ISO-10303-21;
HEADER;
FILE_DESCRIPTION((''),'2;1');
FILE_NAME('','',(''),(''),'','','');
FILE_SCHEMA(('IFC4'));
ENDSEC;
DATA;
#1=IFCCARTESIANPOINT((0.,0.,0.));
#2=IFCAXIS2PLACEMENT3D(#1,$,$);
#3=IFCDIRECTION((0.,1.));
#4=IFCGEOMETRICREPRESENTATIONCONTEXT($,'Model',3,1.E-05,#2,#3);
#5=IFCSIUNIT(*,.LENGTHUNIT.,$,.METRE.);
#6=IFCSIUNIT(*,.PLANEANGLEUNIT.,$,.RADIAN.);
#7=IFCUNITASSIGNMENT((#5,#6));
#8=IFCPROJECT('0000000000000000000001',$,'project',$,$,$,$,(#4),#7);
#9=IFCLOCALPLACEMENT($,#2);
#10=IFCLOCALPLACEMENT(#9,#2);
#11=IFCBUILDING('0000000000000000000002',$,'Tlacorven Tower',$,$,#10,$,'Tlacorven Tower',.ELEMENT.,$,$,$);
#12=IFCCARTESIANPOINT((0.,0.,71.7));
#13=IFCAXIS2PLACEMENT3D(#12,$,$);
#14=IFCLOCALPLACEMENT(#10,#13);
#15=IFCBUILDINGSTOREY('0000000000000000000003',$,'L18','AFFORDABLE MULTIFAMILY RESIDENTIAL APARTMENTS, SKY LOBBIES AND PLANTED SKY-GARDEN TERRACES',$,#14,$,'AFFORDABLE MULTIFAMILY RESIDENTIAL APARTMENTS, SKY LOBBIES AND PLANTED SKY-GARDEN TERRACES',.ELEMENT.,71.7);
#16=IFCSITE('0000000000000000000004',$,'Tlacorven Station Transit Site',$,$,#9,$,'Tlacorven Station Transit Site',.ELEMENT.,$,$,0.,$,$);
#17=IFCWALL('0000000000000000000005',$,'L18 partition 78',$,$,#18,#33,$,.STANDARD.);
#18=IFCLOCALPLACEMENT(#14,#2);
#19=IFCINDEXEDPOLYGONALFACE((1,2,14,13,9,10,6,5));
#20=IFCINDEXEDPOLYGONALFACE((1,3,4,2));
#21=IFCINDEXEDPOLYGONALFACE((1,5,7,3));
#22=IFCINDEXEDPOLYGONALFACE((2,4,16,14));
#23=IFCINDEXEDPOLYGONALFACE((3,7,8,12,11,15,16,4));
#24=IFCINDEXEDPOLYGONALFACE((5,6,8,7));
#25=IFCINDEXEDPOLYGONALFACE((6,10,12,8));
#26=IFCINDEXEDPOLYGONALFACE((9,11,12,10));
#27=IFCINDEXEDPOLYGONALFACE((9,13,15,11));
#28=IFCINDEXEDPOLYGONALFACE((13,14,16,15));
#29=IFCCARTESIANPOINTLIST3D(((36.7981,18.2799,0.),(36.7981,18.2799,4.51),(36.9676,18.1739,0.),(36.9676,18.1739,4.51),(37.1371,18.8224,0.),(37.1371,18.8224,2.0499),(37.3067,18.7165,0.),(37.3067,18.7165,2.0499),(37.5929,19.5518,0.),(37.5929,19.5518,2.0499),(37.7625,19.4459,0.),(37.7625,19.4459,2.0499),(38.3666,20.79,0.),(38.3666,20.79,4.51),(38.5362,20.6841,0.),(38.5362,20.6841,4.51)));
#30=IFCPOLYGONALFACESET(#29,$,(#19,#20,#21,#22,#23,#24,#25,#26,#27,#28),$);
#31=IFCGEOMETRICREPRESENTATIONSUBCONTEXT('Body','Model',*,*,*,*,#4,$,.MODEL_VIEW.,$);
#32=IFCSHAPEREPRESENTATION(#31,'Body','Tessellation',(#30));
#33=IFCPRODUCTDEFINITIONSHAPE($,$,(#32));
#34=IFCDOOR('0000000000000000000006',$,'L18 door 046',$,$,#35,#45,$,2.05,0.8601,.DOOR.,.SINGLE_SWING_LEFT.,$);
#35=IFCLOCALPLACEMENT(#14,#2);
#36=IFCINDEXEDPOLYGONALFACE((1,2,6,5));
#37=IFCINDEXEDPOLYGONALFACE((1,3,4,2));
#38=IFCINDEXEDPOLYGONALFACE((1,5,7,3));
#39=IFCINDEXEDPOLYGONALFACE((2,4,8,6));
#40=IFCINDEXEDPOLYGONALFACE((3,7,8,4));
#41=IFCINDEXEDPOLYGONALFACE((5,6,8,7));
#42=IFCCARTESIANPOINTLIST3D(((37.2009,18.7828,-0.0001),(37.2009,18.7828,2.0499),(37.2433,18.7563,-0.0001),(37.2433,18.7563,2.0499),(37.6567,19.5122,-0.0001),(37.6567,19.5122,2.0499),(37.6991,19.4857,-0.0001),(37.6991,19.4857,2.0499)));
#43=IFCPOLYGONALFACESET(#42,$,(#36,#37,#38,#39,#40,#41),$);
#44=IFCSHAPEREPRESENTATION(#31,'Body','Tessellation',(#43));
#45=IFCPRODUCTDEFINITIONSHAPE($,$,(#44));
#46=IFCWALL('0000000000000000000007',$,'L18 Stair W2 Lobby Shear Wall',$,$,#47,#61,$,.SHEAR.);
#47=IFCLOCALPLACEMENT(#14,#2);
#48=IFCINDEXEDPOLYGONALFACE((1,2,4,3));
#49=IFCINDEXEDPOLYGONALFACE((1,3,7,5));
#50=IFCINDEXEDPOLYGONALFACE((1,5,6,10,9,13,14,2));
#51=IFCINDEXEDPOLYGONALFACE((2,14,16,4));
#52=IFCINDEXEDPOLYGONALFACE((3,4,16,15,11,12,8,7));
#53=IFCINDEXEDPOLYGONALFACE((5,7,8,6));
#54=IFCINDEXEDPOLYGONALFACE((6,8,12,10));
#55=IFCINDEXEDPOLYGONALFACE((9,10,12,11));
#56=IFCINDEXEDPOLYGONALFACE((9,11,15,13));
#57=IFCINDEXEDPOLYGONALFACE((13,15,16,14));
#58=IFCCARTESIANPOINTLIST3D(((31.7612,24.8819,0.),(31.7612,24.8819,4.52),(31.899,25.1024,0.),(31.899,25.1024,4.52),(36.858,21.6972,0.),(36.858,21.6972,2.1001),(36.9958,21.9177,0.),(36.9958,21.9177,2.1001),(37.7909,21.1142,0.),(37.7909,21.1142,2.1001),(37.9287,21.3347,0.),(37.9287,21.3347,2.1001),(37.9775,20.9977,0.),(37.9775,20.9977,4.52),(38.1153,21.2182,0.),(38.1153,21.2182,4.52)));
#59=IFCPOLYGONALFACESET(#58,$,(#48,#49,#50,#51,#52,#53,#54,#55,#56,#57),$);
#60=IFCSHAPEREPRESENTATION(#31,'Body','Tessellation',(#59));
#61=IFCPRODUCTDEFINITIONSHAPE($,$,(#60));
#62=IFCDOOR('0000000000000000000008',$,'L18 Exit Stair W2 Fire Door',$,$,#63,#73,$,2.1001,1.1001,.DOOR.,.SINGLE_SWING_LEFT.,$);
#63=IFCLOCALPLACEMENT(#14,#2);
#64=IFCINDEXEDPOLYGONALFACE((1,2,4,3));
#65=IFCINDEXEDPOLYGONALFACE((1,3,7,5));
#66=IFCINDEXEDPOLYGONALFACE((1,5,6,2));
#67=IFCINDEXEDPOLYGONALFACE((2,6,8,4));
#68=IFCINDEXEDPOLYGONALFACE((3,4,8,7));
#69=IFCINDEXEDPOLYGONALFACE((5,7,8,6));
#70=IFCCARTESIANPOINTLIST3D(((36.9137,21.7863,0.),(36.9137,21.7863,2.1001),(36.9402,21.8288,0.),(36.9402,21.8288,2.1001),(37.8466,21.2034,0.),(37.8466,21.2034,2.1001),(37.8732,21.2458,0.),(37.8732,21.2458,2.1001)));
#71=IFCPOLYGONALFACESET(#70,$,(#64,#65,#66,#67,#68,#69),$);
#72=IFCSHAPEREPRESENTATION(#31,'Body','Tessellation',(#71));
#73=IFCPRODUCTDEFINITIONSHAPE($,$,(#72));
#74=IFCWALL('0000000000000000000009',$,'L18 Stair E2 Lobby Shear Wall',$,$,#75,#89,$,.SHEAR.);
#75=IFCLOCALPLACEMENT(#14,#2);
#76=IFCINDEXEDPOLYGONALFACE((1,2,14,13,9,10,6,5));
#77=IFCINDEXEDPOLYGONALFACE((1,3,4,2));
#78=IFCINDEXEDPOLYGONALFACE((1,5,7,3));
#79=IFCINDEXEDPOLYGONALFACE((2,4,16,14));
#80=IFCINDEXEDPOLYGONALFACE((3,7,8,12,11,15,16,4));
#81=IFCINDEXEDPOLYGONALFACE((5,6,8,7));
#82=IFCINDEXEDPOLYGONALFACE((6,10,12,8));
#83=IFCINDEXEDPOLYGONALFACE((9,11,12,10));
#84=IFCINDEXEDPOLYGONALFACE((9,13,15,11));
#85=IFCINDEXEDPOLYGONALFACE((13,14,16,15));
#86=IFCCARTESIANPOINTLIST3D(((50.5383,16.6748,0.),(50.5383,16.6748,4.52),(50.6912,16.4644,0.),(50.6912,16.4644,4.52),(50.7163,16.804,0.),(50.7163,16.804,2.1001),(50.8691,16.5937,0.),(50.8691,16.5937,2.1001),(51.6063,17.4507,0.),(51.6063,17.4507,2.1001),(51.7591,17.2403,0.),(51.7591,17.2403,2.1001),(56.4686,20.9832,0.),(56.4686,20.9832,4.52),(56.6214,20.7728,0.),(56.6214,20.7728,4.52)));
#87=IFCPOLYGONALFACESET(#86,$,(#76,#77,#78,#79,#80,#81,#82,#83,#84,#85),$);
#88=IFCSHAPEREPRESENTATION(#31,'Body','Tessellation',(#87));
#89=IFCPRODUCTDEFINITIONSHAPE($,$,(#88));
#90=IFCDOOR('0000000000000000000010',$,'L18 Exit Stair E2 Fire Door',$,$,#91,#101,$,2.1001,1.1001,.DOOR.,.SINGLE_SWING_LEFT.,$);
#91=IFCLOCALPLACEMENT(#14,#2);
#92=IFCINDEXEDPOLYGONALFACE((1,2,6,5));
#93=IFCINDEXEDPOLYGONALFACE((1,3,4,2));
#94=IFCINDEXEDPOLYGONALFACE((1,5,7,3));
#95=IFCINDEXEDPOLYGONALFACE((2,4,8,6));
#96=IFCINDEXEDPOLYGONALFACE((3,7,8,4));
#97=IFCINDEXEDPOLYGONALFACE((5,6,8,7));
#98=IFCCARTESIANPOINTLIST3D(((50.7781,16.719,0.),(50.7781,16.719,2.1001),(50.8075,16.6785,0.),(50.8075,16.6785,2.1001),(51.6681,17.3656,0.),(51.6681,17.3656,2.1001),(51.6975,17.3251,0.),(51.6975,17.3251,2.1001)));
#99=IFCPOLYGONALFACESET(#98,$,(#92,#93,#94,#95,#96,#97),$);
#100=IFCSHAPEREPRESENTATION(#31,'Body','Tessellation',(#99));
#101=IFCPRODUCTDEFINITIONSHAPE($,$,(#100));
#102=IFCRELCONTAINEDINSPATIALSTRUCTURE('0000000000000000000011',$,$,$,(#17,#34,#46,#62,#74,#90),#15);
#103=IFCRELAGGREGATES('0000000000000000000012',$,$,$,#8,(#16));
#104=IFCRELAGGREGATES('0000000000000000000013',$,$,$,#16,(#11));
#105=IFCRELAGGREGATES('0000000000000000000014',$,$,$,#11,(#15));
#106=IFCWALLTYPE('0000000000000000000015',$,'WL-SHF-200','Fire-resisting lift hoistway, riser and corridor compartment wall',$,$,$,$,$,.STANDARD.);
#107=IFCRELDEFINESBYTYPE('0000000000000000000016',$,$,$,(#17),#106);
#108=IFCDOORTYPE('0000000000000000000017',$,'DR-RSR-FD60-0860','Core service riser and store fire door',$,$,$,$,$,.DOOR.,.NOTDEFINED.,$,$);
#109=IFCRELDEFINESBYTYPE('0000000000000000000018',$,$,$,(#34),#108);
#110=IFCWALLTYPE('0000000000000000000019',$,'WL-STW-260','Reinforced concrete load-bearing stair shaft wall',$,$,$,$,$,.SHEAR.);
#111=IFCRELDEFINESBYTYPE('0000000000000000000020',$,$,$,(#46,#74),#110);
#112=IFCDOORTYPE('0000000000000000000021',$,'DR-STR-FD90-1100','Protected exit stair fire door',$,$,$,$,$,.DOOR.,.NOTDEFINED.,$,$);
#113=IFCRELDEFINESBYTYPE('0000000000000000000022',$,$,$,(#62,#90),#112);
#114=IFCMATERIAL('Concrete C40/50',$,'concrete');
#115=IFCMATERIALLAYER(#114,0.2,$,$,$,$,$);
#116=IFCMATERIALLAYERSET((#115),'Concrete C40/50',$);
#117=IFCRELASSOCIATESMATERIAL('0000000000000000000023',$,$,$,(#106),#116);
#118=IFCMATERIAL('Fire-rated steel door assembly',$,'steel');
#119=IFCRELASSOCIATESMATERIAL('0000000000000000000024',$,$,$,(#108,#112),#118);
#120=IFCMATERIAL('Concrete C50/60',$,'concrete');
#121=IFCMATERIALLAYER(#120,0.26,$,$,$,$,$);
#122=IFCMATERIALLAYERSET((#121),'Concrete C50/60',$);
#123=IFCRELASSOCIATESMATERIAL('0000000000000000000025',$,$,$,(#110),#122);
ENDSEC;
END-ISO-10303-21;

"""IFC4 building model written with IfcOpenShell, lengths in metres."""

from ifc_helpers import new_model, si_unit, direction, frame, frame_2d, origin, place, context, subcontext, project, spatial, rectangle, extrude, source, transform, mapped, material, layer, layer_set, type_object, element, fill, save


model = new_model("IFC4")

# Units and contexts
model_context = context("Model", 3, precision=1e-05, world=origin(), true_north=direction((0.0, 1.0)))
body_context = subcontext(model_context, "Body", "Model", "MODEL_VIEW")
ifc_project = project(units=[si_unit("LENGTHUNIT", "METRE"), si_unit("PLANEANGLEUNIT", "RADIAN")], contexts=[model_context])

# Site, building, storey
site_placement = place(None, origin())
site = spatial("IfcSite", under=ifc_project, at=site_placement, Name="Tlacorven Station Transit Site", LongName="Tlacorven Station Transit Site", CompositionType="ELEMENT", RefElevation=0.0)
building_placement = place(site_placement, origin())
building = spatial("IfcBuilding", under=site, at=building_placement, Name="Tlacorven Tower", LongName="Tlacorven Tower", CompositionType="ELEMENT")
storey_placement = place(building_placement, frame((0.0, 0.0, 71.7)))
storey = spatial("IfcBuildingStorey", under=building, at=storey_placement, Name="L18", Description="AFFORDABLE MULTIFAMILY RESIDENTIAL APARTMENTS, SKY LOBBIES AND PLANTED SKY-GARDEN TERRACES", LongName="AFFORDABLE MULTIFAMILY RESIDENTIAL APARTMENTS, SKY LOBBIES AND PLANTED SKY-GARDEN TERRACES", CompositionType="ELEMENT", Elevation=71.7)

# Shared definitions
ifc_material_1 = material(Name="Fire-rated steel door assembly", Category="steel")

# Walls, openings, doors
ifc_material_2 = material(Name="Concrete C40/50", Category="concrete")
ifc_layer_1 = layer(ifc_material_2, 0.2)
ifc_layer_set_1 = layer_set([ifc_layer_1], Name="Concrete C40/50")
wall_type_1 = type_object("IfcWallType", Name="WL-SHF-200", Description="Fire-resisting lift hoistway, riser and corridor compartment wall", PredefinedType="STANDARD", material=ifc_layer_set_1)
wall_1_placement = place(storey_placement, frame((38.4514, 20.7371, 0.0), z_axis=(0.0, 0.0, 1.0), x_axis=(-0.529925, -0.848045, 0.0)))
wall_1 = element("IfcWall", 1, at=wall_1_placement, inside=storey, type_object=wall_type_1, Name="L18 partition 78", PredefinedType="STANDARD", context=body_context, shape_type="SweptSolid", body=[
    extrude(rectangle(XDim=2.96, YDim=0.2, at=frame_2d((1.48, 0.0))), origin(), (0.0, 0.0, 1.0), 4.51),
])
opening_1_placement = place(wall_1_placement, frame((1.46, 0.0, 0.0)))
opening_1 = element("IfcOpeningElement", 2, at=opening_1_placement, cuts=wall_1, PredefinedType="OPENING", context=body_context, shape_type="SweptSolid", body=[
    extrude(rectangle(XDim=0.8601, YDim=2.05, at=frame_2d((0.4302, 1.0249))), frame((0.0, 0.1099, 0.0), z_axis=(0.0, -1.0, 0.0), x_axis=(1.0, 0.0, 0.0)), (0.0, 0.0, 1.0), 0.22),
])
door_type_1 = type_object("IfcDoorType", Name="DR-RSR-FD60-0860", Description="Core service riser and store fire door", OperationType="NOTDEFINED", PredefinedType="DOOR", material=ifc_material_1)
shared_shape_1 = source(origin(), body_context, "Body", "SweptSolid", [
    extrude(rectangle(XDim=0.8601, YDim=2.05, at=frame_2d((0.4302, 1.0249))), frame((0.0, 0.0249, 0.0), z_axis=(0.0, -1.0, 0.0), x_axis=(1.0, 0.0, 0.0)), (0.0, 0.0, 1.0), 0.05),
])
door_1_placement = place(opening_1_placement, frame((0.8601, 0.0, 0.0), z_axis=(0.0, 0.0, 1.0), x_axis=(-1.0, 0.0, 0.0)))
door_1 = element("IfcDoor", 3, at=door_1_placement, inside=storey, type_object=door_type_1, Name="L18 door 046", OperationType="SINGLE_SWING_LEFT", OverallHeight=2.05, OverallWidth=0.8601, PredefinedType="DOOR", context=body_context, shape_type="MappedRepresentation", body=[
    mapped(shared_shape_1, transform((0.0, 0.0, 0.0), scale=1.0)),
])
fill(opening_1, door_1)
ifc_material_3 = material(Name="Concrete C50/60", Category="concrete")
ifc_layer_2 = layer(ifc_material_3, 0.26)
ifc_layer_set_2 = layer_set([ifc_layer_2], Name="Concrete C50/60")
wall_type_2 = type_object("IfcWallType", Name="WL-STW-260", Description="Reinforced concrete load-bearing stair shaft wall", PredefinedType="SHEAR", material=ifc_layer_set_2)
wall_2_placement = place(storey_placement, frame((38.0464, 21.1079, 0.0), z_axis=(0.0, 0.0, 1.0), x_axis=(-0.848054, 0.529909, 0.0)))
wall_2 = element("IfcWall", 4, at=wall_2_placement, inside=storey, type_object=wall_type_2, Name="L18 Stair W2 Lobby Shear Wall", PredefinedType="SHEAR", context=body_context, shape_type="SweptSolid", body=[
    extrude(rectangle(XDim=7.3301, YDim=0.26, at=frame_2d((3.665, 0.0))), origin(), (0.0, 0.0, 1.0), 4.52),
])
opening_2_placement = place(wall_2_placement, frame((0.22, 0.0, 0.0)))
opening_2 = element("IfcOpeningElement", 5, at=opening_2_placement, cuts=wall_2, PredefinedType="OPENING", context=body_context, shape_type="SweptSolid", body=[
    extrude(rectangle(XDim=1.1001, YDim=2.1001, at=frame_2d((0.55, 1.05))), frame((0.0, 0.1401, 0.0), z_axis=(0.0, -1.0, 0.0), x_axis=(1.0, 0.0, 0.0)), (0.0, 0.0, 1.0), 0.28),
])
door_type_2 = type_object("IfcDoorType", Name="DR-STR-FD90-1100", Description="Protected exit stair fire door", OperationType="NOTDEFINED", PredefinedType="DOOR", material=ifc_material_1)
shared_shape_2 = source(origin(), body_context, "Body", "SweptSolid", [
    extrude(rectangle(XDim=1.1001, YDim=2.1001, at=frame_2d((0.55, 1.05))), frame((0.0, 0.0249, 0.0), z_axis=(0.0, -1.0, 0.0), x_axis=(1.0, 0.0, 0.0)), (0.0, 0.0, 1.0), 0.05),
])
door_2_placement = place(opening_2_placement, origin())
door_2 = element("IfcDoor", 6, at=door_2_placement, inside=storey, type_object=door_type_2, Name="L18 Exit Stair W2 Fire Door", OperationType="SINGLE_SWING_LEFT", OverallHeight=2.1001, OverallWidth=1.1001, PredefinedType="DOOR", context=body_context, shape_type="MappedRepresentation", body=[
    mapped(shared_shape_2, transform((0.0, 0.0, 0.0), scale=1.0)),
])
fill(opening_2, door_2)
wall_3_placement = place(storey_placement, frame((50.6147, 16.5696, 0.0), z_axis=(0.0, 0.0, 1.0), x_axis=(0.809028, 0.58777, 0.0)))
wall_3 = element("IfcWall", 7, at=wall_3_placement, inside=storey, type_object=wall_type_2, Name="L18 Stair E2 Lobby Shear Wall", PredefinedType="SHEAR", context=body_context, shape_type="SweptSolid", body=[
    extrude(rectangle(XDim=7.3301, YDim=0.26, at=frame_2d((3.665, 0.0))), origin(), (0.0, 0.0, 1.0), 4.52),
])
opening_3_placement = place(wall_3_placement, frame((0.22, 0.0, 0.0)))
opening_3 = element("IfcOpeningElement", 8, at=opening_3_placement, cuts=wall_3, PredefinedType="OPENING", context=body_context, shape_type="SweptSolid", body=[
    extrude(rectangle(XDim=1.1001, YDim=2.1001, at=frame_2d((0.55, 1.05))), frame((0.0, 0.1401, 0.0), z_axis=(0.0, -1.0, 0.0), x_axis=(1.0, 0.0, 0.0)), (0.0, 0.0, 1.0), 0.28),
])
door_3_placement = place(opening_3_placement, origin())
door_3 = element("IfcDoor", 9, at=door_3_placement, inside=storey, type_object=door_type_2, Name="L18 Exit Stair E2 Fire Door", OperationType="SINGLE_SWING_LEFT", OverallHeight=2.1001, OverallWidth=1.1001, PredefinedType="DOOR", context=body_context, shape_type="MappedRepresentation", body=[
    mapped(shared_shape_2, transform((0.0, 0.0, 0.0), scale=1.0)),
])
fill(opening_3, door_3)

save(model, "model.ifc")
